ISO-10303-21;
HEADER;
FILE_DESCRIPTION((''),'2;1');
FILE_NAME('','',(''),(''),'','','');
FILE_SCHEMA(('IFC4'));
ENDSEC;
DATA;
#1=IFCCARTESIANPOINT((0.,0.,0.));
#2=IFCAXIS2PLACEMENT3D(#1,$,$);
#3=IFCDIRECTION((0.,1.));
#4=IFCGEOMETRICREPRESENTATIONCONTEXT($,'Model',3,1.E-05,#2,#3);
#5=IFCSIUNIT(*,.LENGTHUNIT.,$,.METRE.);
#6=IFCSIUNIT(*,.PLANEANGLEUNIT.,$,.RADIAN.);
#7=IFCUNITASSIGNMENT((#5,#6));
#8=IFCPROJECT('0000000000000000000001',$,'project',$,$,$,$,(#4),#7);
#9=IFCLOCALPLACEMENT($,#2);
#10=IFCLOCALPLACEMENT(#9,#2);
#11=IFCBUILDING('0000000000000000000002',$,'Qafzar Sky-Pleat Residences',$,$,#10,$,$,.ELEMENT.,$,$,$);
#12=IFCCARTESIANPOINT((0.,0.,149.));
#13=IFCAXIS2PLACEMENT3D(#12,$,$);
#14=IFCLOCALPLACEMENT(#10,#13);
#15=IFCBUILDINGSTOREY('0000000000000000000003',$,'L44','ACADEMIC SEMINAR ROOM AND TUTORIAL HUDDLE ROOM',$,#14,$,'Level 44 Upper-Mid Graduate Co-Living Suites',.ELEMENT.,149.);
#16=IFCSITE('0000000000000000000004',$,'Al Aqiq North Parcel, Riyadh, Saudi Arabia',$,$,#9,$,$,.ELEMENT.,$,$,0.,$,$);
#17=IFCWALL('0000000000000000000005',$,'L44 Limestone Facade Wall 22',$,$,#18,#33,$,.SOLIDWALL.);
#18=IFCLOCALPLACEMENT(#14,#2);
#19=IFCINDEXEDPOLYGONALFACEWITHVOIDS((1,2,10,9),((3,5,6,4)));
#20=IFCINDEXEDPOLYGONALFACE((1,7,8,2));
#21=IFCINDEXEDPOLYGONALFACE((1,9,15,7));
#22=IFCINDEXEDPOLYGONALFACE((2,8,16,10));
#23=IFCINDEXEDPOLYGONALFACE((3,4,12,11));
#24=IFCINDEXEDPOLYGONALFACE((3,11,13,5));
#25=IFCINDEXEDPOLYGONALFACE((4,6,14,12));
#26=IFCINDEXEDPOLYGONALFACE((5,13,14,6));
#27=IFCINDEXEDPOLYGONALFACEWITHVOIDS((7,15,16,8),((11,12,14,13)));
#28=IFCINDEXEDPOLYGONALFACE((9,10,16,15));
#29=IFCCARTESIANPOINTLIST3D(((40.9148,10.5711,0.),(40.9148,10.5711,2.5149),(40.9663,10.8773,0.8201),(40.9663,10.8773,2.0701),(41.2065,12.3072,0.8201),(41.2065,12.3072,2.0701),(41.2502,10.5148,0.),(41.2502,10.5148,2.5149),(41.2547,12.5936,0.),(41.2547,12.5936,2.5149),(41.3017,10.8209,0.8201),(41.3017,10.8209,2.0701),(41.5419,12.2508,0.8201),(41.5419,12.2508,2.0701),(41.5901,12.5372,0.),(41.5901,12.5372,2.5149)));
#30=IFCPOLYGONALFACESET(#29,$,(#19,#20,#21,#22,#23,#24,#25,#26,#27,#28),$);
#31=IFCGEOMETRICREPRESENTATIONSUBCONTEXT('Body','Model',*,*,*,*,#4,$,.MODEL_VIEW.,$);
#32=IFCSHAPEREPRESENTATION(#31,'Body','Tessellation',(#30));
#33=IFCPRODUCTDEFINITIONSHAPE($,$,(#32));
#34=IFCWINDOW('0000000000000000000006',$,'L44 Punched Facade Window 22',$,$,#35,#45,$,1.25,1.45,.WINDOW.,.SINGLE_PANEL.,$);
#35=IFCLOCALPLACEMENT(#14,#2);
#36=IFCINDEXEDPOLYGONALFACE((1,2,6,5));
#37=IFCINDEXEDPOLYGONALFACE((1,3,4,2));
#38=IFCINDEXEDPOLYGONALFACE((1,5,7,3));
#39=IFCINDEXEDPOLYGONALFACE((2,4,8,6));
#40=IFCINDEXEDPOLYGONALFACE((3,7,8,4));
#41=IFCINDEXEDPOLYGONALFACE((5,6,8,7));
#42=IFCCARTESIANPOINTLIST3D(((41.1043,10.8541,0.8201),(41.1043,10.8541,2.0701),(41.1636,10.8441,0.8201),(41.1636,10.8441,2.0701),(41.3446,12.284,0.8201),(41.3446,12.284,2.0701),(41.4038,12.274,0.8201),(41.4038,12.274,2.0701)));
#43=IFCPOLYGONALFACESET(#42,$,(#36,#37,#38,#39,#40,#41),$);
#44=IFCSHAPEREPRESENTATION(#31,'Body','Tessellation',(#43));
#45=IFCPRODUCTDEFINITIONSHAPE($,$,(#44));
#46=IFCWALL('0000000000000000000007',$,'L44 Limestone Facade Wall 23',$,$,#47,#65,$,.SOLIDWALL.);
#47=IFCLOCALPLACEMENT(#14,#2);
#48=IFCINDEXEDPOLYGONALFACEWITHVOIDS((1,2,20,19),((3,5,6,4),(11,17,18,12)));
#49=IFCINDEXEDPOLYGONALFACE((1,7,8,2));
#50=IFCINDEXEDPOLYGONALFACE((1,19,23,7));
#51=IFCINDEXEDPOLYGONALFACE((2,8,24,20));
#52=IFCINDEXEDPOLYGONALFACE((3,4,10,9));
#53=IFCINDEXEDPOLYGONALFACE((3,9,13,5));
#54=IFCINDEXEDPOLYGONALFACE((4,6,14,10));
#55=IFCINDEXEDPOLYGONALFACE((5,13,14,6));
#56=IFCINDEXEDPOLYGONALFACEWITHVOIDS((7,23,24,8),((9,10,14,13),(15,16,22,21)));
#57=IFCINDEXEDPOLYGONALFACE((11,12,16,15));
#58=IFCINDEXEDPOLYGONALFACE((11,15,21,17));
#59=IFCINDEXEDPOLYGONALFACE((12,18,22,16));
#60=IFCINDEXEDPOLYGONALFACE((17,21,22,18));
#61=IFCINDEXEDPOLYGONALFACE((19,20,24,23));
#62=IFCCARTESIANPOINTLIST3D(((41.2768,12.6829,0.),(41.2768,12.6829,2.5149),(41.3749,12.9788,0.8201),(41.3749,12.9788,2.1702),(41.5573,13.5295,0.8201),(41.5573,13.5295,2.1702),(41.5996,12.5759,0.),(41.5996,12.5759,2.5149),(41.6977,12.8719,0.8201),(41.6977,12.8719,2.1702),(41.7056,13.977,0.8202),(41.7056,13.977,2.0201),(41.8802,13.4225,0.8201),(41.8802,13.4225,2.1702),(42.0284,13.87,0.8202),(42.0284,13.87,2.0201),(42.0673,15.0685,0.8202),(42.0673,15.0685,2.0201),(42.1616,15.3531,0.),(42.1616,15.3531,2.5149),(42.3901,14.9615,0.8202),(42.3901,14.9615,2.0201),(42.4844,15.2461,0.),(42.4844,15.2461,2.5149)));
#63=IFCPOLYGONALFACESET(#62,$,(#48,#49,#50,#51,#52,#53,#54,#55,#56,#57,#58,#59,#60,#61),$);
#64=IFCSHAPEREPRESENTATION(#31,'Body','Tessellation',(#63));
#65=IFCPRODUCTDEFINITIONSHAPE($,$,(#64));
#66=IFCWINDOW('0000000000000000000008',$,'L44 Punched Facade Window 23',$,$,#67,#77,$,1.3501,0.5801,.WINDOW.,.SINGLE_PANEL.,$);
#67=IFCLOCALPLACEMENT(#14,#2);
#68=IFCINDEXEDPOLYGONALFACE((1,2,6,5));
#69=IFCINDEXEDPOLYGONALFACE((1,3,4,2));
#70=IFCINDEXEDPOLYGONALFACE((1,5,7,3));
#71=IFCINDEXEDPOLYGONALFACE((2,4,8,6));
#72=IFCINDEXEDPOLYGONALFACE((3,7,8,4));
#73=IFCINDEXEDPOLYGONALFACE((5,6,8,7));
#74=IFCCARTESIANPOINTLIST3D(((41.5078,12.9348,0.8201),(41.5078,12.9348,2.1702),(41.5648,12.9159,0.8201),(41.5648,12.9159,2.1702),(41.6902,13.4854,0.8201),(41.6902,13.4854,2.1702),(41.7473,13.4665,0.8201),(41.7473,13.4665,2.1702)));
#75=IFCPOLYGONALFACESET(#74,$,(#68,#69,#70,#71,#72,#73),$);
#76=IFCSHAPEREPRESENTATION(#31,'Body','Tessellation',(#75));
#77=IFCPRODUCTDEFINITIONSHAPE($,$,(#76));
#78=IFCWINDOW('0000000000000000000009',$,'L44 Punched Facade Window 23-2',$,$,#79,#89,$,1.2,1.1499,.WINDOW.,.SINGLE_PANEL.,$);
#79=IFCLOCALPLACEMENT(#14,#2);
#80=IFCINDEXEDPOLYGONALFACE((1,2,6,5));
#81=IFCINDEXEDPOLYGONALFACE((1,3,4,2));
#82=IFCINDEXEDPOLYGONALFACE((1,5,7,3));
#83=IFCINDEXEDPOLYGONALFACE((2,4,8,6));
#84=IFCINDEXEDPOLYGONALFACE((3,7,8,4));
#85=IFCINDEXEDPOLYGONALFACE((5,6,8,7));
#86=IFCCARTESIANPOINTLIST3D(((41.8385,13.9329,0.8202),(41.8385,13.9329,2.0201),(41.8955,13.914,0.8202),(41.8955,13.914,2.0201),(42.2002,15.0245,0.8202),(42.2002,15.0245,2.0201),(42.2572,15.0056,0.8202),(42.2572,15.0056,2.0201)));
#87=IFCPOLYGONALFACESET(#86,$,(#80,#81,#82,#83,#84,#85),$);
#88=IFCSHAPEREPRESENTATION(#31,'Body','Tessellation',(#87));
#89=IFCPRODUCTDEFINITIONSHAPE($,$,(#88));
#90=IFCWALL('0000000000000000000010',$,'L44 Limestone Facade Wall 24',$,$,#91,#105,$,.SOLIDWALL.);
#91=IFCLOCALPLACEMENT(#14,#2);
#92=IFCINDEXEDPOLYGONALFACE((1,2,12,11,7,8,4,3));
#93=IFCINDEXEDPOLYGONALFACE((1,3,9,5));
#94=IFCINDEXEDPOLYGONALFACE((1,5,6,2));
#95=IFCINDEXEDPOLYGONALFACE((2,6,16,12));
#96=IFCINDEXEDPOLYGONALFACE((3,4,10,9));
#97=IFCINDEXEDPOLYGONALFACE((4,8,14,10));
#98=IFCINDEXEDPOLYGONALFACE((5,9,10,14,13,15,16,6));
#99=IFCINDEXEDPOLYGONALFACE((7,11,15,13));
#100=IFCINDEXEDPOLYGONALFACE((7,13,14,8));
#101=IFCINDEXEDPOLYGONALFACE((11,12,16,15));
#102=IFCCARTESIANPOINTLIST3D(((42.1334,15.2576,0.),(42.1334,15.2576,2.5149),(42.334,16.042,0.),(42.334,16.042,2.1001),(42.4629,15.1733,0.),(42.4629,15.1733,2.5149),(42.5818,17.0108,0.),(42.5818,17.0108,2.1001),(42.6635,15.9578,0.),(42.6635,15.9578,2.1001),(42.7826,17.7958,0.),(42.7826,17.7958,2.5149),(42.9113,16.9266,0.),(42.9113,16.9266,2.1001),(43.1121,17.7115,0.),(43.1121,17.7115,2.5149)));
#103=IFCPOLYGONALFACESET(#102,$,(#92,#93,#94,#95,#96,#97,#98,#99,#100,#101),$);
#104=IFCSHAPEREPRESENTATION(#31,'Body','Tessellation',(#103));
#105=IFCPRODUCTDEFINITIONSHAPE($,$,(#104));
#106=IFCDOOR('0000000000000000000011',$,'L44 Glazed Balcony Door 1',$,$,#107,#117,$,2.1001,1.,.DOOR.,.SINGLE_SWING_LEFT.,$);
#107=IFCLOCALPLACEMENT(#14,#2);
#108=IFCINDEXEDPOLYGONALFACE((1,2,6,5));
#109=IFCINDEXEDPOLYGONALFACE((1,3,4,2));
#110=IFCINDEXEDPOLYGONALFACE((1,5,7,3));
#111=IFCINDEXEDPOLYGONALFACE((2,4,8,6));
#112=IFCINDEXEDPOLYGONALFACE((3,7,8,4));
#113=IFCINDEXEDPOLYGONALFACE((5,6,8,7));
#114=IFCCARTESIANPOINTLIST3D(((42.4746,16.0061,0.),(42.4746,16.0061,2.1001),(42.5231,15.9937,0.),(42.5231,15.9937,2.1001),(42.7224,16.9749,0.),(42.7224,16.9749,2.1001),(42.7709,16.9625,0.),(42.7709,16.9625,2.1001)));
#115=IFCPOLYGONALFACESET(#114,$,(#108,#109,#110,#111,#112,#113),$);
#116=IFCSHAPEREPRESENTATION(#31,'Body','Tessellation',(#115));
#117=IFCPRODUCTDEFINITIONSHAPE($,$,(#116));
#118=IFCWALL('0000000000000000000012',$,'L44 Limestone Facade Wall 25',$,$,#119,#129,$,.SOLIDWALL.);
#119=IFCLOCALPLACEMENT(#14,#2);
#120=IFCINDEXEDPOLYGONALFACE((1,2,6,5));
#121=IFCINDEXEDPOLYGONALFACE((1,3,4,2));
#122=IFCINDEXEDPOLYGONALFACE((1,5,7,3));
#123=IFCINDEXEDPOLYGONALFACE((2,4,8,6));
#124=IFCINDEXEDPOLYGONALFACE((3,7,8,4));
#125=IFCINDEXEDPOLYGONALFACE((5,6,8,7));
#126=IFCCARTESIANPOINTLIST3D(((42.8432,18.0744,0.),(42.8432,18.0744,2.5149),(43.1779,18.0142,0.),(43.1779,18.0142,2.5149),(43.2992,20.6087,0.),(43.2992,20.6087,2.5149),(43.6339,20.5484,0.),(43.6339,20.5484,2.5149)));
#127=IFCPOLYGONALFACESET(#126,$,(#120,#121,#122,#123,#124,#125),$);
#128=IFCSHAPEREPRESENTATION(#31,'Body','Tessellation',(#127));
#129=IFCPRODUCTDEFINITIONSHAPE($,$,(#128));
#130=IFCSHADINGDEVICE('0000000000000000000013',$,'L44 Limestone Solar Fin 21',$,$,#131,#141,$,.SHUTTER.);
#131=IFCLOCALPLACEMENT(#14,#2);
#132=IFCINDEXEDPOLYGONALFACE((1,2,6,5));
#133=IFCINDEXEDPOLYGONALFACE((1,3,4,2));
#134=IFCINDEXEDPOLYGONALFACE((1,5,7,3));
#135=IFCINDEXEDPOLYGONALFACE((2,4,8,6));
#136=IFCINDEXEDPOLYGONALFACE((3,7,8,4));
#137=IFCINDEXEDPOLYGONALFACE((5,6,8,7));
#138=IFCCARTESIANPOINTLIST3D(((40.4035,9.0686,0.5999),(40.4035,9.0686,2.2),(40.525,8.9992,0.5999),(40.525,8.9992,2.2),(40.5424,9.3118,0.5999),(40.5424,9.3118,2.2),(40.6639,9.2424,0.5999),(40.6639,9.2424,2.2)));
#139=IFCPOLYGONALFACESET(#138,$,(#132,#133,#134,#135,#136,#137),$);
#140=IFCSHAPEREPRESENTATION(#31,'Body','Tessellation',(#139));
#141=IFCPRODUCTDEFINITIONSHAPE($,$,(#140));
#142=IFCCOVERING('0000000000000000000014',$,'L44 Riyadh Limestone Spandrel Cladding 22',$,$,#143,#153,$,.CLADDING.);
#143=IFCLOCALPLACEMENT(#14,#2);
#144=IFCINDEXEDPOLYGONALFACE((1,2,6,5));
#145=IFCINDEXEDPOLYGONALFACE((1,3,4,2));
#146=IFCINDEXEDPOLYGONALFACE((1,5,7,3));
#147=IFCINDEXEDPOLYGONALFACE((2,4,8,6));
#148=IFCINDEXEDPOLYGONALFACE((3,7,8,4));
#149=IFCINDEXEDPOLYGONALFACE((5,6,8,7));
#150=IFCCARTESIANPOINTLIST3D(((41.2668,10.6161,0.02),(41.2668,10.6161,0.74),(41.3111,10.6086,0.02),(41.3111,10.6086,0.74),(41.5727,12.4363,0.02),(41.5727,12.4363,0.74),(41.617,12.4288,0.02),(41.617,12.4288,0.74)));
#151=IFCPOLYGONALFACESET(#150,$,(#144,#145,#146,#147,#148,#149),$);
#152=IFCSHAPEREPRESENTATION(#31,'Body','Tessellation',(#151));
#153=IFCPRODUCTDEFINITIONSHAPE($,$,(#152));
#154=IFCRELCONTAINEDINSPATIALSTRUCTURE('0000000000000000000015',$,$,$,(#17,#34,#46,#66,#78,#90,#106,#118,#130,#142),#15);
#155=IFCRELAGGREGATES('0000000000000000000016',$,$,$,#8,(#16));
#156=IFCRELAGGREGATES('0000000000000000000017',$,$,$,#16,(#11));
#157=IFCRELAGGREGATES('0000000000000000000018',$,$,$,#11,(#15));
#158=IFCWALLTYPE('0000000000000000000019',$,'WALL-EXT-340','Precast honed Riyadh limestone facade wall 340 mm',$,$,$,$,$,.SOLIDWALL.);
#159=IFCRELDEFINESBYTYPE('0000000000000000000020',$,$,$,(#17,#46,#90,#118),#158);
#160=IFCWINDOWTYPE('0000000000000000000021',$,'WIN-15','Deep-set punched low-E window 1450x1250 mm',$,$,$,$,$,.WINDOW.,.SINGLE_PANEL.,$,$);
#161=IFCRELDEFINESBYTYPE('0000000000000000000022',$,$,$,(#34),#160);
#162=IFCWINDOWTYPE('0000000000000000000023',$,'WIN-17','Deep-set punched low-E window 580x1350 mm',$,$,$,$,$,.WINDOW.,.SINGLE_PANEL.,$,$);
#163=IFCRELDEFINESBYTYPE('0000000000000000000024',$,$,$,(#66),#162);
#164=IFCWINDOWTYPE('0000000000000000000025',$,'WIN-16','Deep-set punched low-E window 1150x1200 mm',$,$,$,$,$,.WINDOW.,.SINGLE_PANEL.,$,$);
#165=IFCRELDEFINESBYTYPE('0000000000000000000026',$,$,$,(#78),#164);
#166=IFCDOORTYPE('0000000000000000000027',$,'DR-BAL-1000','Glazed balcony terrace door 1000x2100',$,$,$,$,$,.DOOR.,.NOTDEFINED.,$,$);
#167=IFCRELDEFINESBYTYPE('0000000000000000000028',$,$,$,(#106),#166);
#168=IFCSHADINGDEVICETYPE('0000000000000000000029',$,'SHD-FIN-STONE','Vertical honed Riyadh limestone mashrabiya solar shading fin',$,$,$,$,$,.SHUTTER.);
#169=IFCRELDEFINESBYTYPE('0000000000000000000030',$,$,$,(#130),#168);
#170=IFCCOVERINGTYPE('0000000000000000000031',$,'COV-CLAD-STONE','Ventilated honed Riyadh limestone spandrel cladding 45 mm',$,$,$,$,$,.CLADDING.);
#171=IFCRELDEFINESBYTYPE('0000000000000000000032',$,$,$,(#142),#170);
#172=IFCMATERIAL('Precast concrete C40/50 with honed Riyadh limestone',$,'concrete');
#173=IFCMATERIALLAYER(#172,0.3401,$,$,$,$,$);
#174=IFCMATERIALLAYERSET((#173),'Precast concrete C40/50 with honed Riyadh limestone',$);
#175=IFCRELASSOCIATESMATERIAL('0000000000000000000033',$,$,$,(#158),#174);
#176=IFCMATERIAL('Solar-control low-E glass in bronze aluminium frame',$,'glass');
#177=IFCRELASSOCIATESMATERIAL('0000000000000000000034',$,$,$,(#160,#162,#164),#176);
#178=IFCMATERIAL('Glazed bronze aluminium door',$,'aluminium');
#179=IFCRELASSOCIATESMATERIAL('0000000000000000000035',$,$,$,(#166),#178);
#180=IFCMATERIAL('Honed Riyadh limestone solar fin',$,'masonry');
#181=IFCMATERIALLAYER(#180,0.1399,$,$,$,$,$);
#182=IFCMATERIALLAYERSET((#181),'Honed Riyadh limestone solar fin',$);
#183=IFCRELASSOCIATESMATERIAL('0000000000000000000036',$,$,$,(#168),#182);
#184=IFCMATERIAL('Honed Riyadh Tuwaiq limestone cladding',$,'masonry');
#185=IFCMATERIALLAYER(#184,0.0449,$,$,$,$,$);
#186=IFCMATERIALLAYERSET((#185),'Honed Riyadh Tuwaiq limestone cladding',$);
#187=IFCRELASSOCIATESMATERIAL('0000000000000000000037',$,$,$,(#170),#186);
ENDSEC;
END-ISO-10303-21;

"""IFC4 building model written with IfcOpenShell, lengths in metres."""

from ifc_helpers import new_model, si_unit, direction, frame, frame_2d, origin, origin_2d, place, context, subcontext, project, spatial, rectangle, extrude, source, transform, mapped, material, layer, layer_set, type_object, element, fill, save


model = new_model("IFC4")

# Units and contexts
model_context = context("Model", 3, precision=1e-05, world=origin(), true_north=direction((0.0, 1.0)))
body_context = subcontext(model_context, "Body", "Model", "MODEL_VIEW")
ifc_project = project(units=[si_unit("LENGTHUNIT", "METRE"), si_unit("PLANEANGLEUNIT", "RADIAN")], contexts=[model_context])

# Site, building, storey
site_placement = place(None, origin())
site = spatial("IfcSite", under=ifc_project, at=site_placement, Name="Al Aqiq North Parcel, Riyadh, Saudi Arabia", CompositionType="ELEMENT", RefElevation=0.0)
building_placement = place(site_placement, origin())
building = spatial("IfcBuilding", under=site, at=building_placement, Name="Qafzar Sky-Pleat Residences", CompositionType="ELEMENT")
storey_placement = place(building_placement, frame((0.0, 0.0, 149.0)))
storey = spatial("IfcBuildingStorey", under=building, at=storey_placement, Name="L44", Description="ACADEMIC SEMINAR ROOM AND TUTORIAL HUDDLE ROOM", LongName="Level 44 Upper-Mid Graduate Co-Living Suites", CompositionType="ELEMENT", Elevation=149.0)

# Wall, opening, window
ifc_material_1 = material(Name="Precast concrete C40/50 with honed Riyadh limestone", Category="concrete")
ifc_layer_1 = layer(ifc_material_1, 0.3401)
ifc_layer_set_1 = layer_set([ifc_layer_1], Name="Precast concrete C40/50 with honed Riyadh limestone")
wall_type = type_object("IfcWallType", Name="WALL-EXT-340", Description="Precast honed Riyadh limestone facade wall 340 mm", PredefinedType="SOLIDWALL", material=ifc_layer_set_1)
ifc_material_2 = material(Name="Solar-control low-E glass in bronze aluminium frame", Category="glass")
wall_1_placement = place(storey_placement, frame((41.0825, 10.543, 0.0), z_axis=(0.0, 0.0, 1.0), x_axis=(0.165712, 0.986174, 0.0)))
wall_1 = element("IfcWall", 1, at=wall_1_placement, inside=storey, type_object=wall_type, Name="L44 Limestone Facade Wall 22", PredefinedType="SOLIDWALL", context=body_context, shape_type="SweptSolid", body=[
    extrude(rectangle(XDim=2.0508, YDim=0.3401, at=frame_2d((1.0254, 0.0))), origin(), (0.0, 0.0, 1.0), 2.5149),
])
opening_1_placement = place(wall_1_placement, frame((0.3103, 0.0, 0.8201)))
opening_1 = element("IfcOpeningElement", 2, at=opening_1_placement, cuts=wall_1, PredefinedType="OPENING", context=body_context, shape_type="SweptSolid", body=[
    extrude(rectangle(XDim=1.45, YDim=1.25, at=frame_2d((0.7251, 0.625))), frame((0.0, 0.1802, 0.0), z_axis=(0.0, -1.0, 0.0), x_axis=(1.0, 0.0, 0.0)), (0.0, 0.0, 1.0), 0.3601),
])
window_type_1 = type_object("IfcWindowType", Name="WIN-15", Description="Deep-set punched low-E window 1450x1250 mm", PartitioningType="SINGLE_PANEL", PredefinedType="WINDOW", material=ifc_material_2)
shared_shape_1 = source(origin(), body_context, "Body", "SweptSolid", [
    extrude(rectangle(XDim=1.45, YDim=1.25, at=frame_2d((0.7251, 0.625))), frame((0.0, 0.03, 0.0), z_axis=(0.0, -1.0, 0.0), x_axis=(1.0, 0.0, 0.0)), (0.0, 0.0, 1.0), 0.0601),
])
window_1_placement = place(opening_1_placement, origin())
window_1 = element("IfcWindow", 3, at=window_1_placement, inside=storey, type_object=window_type_1, Name="L44 Punched Facade Window 22", OverallHeight=1.25, OverallWidth=1.45, PartitioningType="SINGLE_PANEL", PredefinedType="WINDOW", context=body_context, shape_type="MappedRepresentation", body=[
    mapped(shared_shape_1, transform((0.0, 0.0, 0.0), x_axis=(1.0, 0.0, 0.0), y_axis=(0.0, 1.0, 0.0), z_axis=(0.0, 0.0, 1.0), scale=1.0)),
])
fill(opening_1, window_1)

# Wall, openings, windows
wall_2_placement = place(storey_placement, frame((41.4382, 12.6294, 0.0), z_axis=(0.0, 0.0, 1.0), x_axis=(0.314535, 0.949246, 0.0)))
wall_2 = element("IfcWall", 4, at=wall_2_placement, inside=storey, type_object=wall_type, Name="L44 Limestone Facade Wall 23", PredefinedType="SOLIDWALL", context=body_context, shape_type="SweptSolid", body=[
    extrude(rectangle(XDim=2.813, YDim=0.3401, at=frame_2d((1.4065, 0.0))), origin(), (0.0, 0.0, 1.0), 2.5149),
])
opening_2_placement = place(wall_2_placement, frame((0.3118, 0.0, 0.8201)))
opening_2 = element("IfcOpeningElement", 5, at=opening_2_placement, cuts=wall_2, PredefinedType="OPENING", context=body_context, shape_type="SweptSolid", body=[
    extrude(rectangle(XDim=0.5801, YDim=1.3501, at=frame_2d((0.29, 0.675))), frame((0.0, 0.1802, 0.0), z_axis=(0.0, -1.0, 0.0), x_axis=(1.0, 0.0, 0.0)), (0.0, 0.0, 1.0), 0.3601),
])
opening_3_placement = place(wall_2_placement, frame((1.3633, 0.0, 0.8201)))
opening_3 = element("IfcOpeningElement", 6, at=opening_3_placement, cuts=wall_2, PredefinedType="OPENING", context=body_context, shape_type="SweptSolid", body=[
    extrude(rectangle(XDim=1.1499, YDim=1.2, at=frame_2d((0.575, 0.6001))), frame((0.0, 0.1802, 0.0), z_axis=(0.0, -1.0, 0.0), x_axis=(1.0, 0.0, 0.0)), (0.0, 0.0, 1.0), 0.3601),
])
window_type_2 = type_object("IfcWindowType", Name="WIN-17", Description="Deep-set punched low-E window 580x1350 mm", PartitioningType="SINGLE_PANEL", PredefinedType="WINDOW", material=ifc_material_2)
shared_shape_2 = source(origin(), body_context, "Body", "SweptSolid", [
    extrude(rectangle(XDim=0.5801, YDim=1.3501, at=frame_2d((0.29, 0.675))), frame((0.0, 0.03, 0.0), z_axis=(0.0, -1.0, 0.0), x_axis=(1.0, 0.0, 0.0)), (0.0, 0.0, 1.0), 0.0601),
])
window_2_placement = place(opening_2_placement, origin())
window_2 = element("IfcWindow", 7, at=window_2_placement, inside=storey, type_object=window_type_2, Name="L44 Punched Facade Window 23", OverallHeight=1.3501, OverallWidth=0.5801, PartitioningType="SINGLE_PANEL", PredefinedType="WINDOW", context=body_context, shape_type="MappedRepresentation", body=[
    mapped(shared_shape_2, transform((0.0, 0.0, 0.0), x_axis=(1.0, 0.0, 0.0), y_axis=(0.0, 1.0, 0.0), z_axis=(0.0, 0.0, 1.0), scale=1.0)),
])
fill(opening_2, window_2)
window_type_3 = type_object("IfcWindowType", Name="WIN-16", Description="Deep-set punched low-E window 1150x1200 mm", PartitioningType="SINGLE_PANEL", PredefinedType="WINDOW", material=ifc_material_2)
shared_shape_3 = source(origin(), body_context, "Body", "SweptSolid", [
    extrude(rectangle(XDim=1.1499, YDim=1.2, at=frame_2d((0.575, 0.6001))), frame((0.0, 0.03, 0.0), z_axis=(0.0, -1.0, 0.0), x_axis=(1.0, 0.0, 0.0)), (0.0, 0.0, 1.0), 0.0601),
])
window_3_placement = place(opening_3_placement, origin())
window_3 = element("IfcWindow", 8, at=window_3_placement, inside=storey, type_object=window_type_3, Name="L44 Punched Facade Window 23-2", OverallHeight=1.2, OverallWidth=1.1499, PartitioningType="SINGLE_PANEL", PredefinedType="WINDOW", context=body_context, shape_type="MappedRepresentation", body=[
    mapped(shared_shape_3, transform((0.0, 0.0, 0.0), x_axis=(1.0, 0.0, 0.0), y_axis=(0.0, 1.0, 0.0), z_axis=(0.0, 0.0, 1.0), scale=1.0)),
])
fill(opening_3, window_3)

# Wall, opening, door
wall_3_placement = place(storey_placement, frame((42.2981, 15.2153, 0.0), z_axis=(0.0, 0.0, 1.0), x_axis=(0.247795, 0.968813, 0.0)))
wall_3 = element("IfcWall", 9, at=wall_3_placement, inside=storey, type_object=wall_type, Name="L44 Limestone Facade Wall 24", PredefinedType="SOLIDWALL", context=body_context, shape_type="SweptSolid", body=[
    extrude(rectangle(XDim=2.6199, YDim=0.3401, at=frame_2d((1.3101, 0.0))), origin(), (0.0, 0.0, 1.0), 2.5149),
])
opening_4_placement = place(wall_3_placement, frame((0.8098, 0.0, 0.0)))
opening_4 = element("IfcOpeningElement", 10, at=opening_4_placement, cuts=wall_3, PredefinedType="OPENING", context=body_context, shape_type="SweptSolid", body=[
    extrude(rectangle(XDim=1.0, YDim=2.1001, at=frame_2d((0.5, 1.05))), frame((0.0, 0.1802, 0.0), z_axis=(0.0, -1.0, 0.0), x_axis=(1.0, 0.0, 0.0)), (0.0, 0.0, 1.0), 0.3601),
])
ifc_material_3 = material(Name="Glazed bronze aluminium door", Category="aluminium")
door_type = type_object("IfcDoorType", Name="DR-BAL-1000", Description="Glazed balcony terrace door 1000x2100", OperationType="NOTDEFINED", PredefinedType="DOOR", material=ifc_material_3)
shared_shape_4 = source(origin(), body_context, "Body", "SweptSolid", [
    extrude(rectangle(XDim=1.0, YDim=2.1001, at=frame_2d((0.5, 1.05))), frame((0.0, 0.0249, 0.0), z_axis=(0.0, -1.0, 0.0), x_axis=(1.0, 0.0, 0.0)), (0.0, 0.0, 1.0), 0.05),
])
door_placement = place(opening_4_placement, origin())
door = element("IfcDoor", 11, at=door_placement, inside=storey, type_object=door_type, Name="L44 Glazed Balcony Door 1", OperationType="SINGLE_SWING_LEFT", OverallHeight=2.1001, OverallWidth=1.0, PredefinedType="DOOR", context=body_context, shape_type="MappedRepresentation", body=[
    mapped(shared_shape_4, transform((0.0, 0.0, 0.0), x_axis=(1.0, 0.0, 0.0), y_axis=(0.0, 1.0, 0.0), z_axis=(0.0, 0.0, 1.0), scale=1.0)),
])
fill(opening_4, door)

# Wall
wall_4_placement = place(storey_placement, frame((43.0105, 18.0442, 0.0), z_axis=(0.0, 0.0, 1.0), x_axis=(0.177116, 0.98419, 0.0)))
element("IfcWall", 12, at=wall_4_placement, inside=storey, type_object=wall_type, Name="L44 Limestone Facade Wall 25", PredefinedType="SOLIDWALL", context=body_context, shape_type="SweptSolid", body=[
    extrude(rectangle(XDim=2.575, YDim=0.3401, at=frame_2d((1.2876, 0.0))), origin(), (0.0, 0.0, 1.0), 2.5149),
])

# Shading device
ifc_material_4 = material(Name="Honed Riyadh limestone solar fin", Category="masonry")
ifc_layer_2 = layer(ifc_material_4, 0.1399)
ifc_layer_set_2 = layer_set([ifc_layer_2], Name="Honed Riyadh limestone solar fin")
shading_device_type = type_object("IfcShadingDeviceType", Name="SHD-FIN-STONE", Description="Vertical honed Riyadh limestone mashrabiya solar shading fin", PredefinedType="SHUTTER", material=ifc_layer_set_2)
shared_shape_5 = source(origin(), body_context, "Body", "SweptSolid", [
    extrude(rectangle(XDim=0.1399, YDim=0.28, at=origin_2d()), origin(), (0.0, 0.0, 1.0), 1.6001),
])
shading_device_placement = place(storey_placement, frame((40.5337, 9.1555, 0.5999), z_axis=(0.0, 0.0, 1.0), x_axis=(0.868431, -0.49581, 0.0)))
element("IfcShadingDevice", 13, at=shading_device_placement, inside=storey, type_object=shading_device_type, Name="L44 Limestone Solar Fin 21", PredefinedType="SHUTTER", context=body_context, shape_type="MappedRepresentation", body=[
    mapped(shared_shape_5, transform((0.0, 0.0, 0.0), x_axis=(1.0, 0.0, 0.0), y_axis=(0.0, 1.0, 0.0), z_axis=(0.0, 0.0, 1.0), scale=1.0)),
])

# Covering
ifc_material_5 = material(Name="Honed Riyadh Tuwaiq limestone cladding", Category="masonry")
ifc_layer_3 = layer(ifc_material_5, 0.0449)
ifc_layer_set_3 = layer_set([ifc_layer_3], Name="Honed Riyadh Tuwaiq limestone cladding")
covering_type = type_object("IfcCoveringType", Name="COV-CLAD-STONE", Description="Ventilated honed Riyadh limestone spandrel cladding 45 mm", PredefinedType="CLADDING", material=ifc_layer_set_3)
shared_shape_6 = source(origin(), body_context, "Body", "SweptSolid", [
    extrude(rectangle(XDim=1.8457, YDim=0.0449, at=origin_2d()), origin(), (0.0, 0.0, 1.0), 0.72),
])
covering_1_placement = place(storey_placement, frame((41.4419, 11.5225, 0.02), z_axis=(0.0, 0.0, 1.0), x_axis=(0.165696, 0.986177, 0.0)))
element("IfcCovering", 14, at=covering_1_placement, inside=storey, type_object=covering_type, Name="L44 Riyadh Limestone Spandrel Cladding 22", PredefinedType="CLADDING", context=body_context, shape_type="MappedRepresentation", body=[
    mapped(shared_shape_6, transform((0.0, 0.0, 0.0), x_axis=(1.0, 0.0, 0.0), y_axis=(0.0, 1.0, 0.0), z_axis=(0.0, 0.0, 1.0), scale=1.0)),
])

save(model, "model.ifc")
